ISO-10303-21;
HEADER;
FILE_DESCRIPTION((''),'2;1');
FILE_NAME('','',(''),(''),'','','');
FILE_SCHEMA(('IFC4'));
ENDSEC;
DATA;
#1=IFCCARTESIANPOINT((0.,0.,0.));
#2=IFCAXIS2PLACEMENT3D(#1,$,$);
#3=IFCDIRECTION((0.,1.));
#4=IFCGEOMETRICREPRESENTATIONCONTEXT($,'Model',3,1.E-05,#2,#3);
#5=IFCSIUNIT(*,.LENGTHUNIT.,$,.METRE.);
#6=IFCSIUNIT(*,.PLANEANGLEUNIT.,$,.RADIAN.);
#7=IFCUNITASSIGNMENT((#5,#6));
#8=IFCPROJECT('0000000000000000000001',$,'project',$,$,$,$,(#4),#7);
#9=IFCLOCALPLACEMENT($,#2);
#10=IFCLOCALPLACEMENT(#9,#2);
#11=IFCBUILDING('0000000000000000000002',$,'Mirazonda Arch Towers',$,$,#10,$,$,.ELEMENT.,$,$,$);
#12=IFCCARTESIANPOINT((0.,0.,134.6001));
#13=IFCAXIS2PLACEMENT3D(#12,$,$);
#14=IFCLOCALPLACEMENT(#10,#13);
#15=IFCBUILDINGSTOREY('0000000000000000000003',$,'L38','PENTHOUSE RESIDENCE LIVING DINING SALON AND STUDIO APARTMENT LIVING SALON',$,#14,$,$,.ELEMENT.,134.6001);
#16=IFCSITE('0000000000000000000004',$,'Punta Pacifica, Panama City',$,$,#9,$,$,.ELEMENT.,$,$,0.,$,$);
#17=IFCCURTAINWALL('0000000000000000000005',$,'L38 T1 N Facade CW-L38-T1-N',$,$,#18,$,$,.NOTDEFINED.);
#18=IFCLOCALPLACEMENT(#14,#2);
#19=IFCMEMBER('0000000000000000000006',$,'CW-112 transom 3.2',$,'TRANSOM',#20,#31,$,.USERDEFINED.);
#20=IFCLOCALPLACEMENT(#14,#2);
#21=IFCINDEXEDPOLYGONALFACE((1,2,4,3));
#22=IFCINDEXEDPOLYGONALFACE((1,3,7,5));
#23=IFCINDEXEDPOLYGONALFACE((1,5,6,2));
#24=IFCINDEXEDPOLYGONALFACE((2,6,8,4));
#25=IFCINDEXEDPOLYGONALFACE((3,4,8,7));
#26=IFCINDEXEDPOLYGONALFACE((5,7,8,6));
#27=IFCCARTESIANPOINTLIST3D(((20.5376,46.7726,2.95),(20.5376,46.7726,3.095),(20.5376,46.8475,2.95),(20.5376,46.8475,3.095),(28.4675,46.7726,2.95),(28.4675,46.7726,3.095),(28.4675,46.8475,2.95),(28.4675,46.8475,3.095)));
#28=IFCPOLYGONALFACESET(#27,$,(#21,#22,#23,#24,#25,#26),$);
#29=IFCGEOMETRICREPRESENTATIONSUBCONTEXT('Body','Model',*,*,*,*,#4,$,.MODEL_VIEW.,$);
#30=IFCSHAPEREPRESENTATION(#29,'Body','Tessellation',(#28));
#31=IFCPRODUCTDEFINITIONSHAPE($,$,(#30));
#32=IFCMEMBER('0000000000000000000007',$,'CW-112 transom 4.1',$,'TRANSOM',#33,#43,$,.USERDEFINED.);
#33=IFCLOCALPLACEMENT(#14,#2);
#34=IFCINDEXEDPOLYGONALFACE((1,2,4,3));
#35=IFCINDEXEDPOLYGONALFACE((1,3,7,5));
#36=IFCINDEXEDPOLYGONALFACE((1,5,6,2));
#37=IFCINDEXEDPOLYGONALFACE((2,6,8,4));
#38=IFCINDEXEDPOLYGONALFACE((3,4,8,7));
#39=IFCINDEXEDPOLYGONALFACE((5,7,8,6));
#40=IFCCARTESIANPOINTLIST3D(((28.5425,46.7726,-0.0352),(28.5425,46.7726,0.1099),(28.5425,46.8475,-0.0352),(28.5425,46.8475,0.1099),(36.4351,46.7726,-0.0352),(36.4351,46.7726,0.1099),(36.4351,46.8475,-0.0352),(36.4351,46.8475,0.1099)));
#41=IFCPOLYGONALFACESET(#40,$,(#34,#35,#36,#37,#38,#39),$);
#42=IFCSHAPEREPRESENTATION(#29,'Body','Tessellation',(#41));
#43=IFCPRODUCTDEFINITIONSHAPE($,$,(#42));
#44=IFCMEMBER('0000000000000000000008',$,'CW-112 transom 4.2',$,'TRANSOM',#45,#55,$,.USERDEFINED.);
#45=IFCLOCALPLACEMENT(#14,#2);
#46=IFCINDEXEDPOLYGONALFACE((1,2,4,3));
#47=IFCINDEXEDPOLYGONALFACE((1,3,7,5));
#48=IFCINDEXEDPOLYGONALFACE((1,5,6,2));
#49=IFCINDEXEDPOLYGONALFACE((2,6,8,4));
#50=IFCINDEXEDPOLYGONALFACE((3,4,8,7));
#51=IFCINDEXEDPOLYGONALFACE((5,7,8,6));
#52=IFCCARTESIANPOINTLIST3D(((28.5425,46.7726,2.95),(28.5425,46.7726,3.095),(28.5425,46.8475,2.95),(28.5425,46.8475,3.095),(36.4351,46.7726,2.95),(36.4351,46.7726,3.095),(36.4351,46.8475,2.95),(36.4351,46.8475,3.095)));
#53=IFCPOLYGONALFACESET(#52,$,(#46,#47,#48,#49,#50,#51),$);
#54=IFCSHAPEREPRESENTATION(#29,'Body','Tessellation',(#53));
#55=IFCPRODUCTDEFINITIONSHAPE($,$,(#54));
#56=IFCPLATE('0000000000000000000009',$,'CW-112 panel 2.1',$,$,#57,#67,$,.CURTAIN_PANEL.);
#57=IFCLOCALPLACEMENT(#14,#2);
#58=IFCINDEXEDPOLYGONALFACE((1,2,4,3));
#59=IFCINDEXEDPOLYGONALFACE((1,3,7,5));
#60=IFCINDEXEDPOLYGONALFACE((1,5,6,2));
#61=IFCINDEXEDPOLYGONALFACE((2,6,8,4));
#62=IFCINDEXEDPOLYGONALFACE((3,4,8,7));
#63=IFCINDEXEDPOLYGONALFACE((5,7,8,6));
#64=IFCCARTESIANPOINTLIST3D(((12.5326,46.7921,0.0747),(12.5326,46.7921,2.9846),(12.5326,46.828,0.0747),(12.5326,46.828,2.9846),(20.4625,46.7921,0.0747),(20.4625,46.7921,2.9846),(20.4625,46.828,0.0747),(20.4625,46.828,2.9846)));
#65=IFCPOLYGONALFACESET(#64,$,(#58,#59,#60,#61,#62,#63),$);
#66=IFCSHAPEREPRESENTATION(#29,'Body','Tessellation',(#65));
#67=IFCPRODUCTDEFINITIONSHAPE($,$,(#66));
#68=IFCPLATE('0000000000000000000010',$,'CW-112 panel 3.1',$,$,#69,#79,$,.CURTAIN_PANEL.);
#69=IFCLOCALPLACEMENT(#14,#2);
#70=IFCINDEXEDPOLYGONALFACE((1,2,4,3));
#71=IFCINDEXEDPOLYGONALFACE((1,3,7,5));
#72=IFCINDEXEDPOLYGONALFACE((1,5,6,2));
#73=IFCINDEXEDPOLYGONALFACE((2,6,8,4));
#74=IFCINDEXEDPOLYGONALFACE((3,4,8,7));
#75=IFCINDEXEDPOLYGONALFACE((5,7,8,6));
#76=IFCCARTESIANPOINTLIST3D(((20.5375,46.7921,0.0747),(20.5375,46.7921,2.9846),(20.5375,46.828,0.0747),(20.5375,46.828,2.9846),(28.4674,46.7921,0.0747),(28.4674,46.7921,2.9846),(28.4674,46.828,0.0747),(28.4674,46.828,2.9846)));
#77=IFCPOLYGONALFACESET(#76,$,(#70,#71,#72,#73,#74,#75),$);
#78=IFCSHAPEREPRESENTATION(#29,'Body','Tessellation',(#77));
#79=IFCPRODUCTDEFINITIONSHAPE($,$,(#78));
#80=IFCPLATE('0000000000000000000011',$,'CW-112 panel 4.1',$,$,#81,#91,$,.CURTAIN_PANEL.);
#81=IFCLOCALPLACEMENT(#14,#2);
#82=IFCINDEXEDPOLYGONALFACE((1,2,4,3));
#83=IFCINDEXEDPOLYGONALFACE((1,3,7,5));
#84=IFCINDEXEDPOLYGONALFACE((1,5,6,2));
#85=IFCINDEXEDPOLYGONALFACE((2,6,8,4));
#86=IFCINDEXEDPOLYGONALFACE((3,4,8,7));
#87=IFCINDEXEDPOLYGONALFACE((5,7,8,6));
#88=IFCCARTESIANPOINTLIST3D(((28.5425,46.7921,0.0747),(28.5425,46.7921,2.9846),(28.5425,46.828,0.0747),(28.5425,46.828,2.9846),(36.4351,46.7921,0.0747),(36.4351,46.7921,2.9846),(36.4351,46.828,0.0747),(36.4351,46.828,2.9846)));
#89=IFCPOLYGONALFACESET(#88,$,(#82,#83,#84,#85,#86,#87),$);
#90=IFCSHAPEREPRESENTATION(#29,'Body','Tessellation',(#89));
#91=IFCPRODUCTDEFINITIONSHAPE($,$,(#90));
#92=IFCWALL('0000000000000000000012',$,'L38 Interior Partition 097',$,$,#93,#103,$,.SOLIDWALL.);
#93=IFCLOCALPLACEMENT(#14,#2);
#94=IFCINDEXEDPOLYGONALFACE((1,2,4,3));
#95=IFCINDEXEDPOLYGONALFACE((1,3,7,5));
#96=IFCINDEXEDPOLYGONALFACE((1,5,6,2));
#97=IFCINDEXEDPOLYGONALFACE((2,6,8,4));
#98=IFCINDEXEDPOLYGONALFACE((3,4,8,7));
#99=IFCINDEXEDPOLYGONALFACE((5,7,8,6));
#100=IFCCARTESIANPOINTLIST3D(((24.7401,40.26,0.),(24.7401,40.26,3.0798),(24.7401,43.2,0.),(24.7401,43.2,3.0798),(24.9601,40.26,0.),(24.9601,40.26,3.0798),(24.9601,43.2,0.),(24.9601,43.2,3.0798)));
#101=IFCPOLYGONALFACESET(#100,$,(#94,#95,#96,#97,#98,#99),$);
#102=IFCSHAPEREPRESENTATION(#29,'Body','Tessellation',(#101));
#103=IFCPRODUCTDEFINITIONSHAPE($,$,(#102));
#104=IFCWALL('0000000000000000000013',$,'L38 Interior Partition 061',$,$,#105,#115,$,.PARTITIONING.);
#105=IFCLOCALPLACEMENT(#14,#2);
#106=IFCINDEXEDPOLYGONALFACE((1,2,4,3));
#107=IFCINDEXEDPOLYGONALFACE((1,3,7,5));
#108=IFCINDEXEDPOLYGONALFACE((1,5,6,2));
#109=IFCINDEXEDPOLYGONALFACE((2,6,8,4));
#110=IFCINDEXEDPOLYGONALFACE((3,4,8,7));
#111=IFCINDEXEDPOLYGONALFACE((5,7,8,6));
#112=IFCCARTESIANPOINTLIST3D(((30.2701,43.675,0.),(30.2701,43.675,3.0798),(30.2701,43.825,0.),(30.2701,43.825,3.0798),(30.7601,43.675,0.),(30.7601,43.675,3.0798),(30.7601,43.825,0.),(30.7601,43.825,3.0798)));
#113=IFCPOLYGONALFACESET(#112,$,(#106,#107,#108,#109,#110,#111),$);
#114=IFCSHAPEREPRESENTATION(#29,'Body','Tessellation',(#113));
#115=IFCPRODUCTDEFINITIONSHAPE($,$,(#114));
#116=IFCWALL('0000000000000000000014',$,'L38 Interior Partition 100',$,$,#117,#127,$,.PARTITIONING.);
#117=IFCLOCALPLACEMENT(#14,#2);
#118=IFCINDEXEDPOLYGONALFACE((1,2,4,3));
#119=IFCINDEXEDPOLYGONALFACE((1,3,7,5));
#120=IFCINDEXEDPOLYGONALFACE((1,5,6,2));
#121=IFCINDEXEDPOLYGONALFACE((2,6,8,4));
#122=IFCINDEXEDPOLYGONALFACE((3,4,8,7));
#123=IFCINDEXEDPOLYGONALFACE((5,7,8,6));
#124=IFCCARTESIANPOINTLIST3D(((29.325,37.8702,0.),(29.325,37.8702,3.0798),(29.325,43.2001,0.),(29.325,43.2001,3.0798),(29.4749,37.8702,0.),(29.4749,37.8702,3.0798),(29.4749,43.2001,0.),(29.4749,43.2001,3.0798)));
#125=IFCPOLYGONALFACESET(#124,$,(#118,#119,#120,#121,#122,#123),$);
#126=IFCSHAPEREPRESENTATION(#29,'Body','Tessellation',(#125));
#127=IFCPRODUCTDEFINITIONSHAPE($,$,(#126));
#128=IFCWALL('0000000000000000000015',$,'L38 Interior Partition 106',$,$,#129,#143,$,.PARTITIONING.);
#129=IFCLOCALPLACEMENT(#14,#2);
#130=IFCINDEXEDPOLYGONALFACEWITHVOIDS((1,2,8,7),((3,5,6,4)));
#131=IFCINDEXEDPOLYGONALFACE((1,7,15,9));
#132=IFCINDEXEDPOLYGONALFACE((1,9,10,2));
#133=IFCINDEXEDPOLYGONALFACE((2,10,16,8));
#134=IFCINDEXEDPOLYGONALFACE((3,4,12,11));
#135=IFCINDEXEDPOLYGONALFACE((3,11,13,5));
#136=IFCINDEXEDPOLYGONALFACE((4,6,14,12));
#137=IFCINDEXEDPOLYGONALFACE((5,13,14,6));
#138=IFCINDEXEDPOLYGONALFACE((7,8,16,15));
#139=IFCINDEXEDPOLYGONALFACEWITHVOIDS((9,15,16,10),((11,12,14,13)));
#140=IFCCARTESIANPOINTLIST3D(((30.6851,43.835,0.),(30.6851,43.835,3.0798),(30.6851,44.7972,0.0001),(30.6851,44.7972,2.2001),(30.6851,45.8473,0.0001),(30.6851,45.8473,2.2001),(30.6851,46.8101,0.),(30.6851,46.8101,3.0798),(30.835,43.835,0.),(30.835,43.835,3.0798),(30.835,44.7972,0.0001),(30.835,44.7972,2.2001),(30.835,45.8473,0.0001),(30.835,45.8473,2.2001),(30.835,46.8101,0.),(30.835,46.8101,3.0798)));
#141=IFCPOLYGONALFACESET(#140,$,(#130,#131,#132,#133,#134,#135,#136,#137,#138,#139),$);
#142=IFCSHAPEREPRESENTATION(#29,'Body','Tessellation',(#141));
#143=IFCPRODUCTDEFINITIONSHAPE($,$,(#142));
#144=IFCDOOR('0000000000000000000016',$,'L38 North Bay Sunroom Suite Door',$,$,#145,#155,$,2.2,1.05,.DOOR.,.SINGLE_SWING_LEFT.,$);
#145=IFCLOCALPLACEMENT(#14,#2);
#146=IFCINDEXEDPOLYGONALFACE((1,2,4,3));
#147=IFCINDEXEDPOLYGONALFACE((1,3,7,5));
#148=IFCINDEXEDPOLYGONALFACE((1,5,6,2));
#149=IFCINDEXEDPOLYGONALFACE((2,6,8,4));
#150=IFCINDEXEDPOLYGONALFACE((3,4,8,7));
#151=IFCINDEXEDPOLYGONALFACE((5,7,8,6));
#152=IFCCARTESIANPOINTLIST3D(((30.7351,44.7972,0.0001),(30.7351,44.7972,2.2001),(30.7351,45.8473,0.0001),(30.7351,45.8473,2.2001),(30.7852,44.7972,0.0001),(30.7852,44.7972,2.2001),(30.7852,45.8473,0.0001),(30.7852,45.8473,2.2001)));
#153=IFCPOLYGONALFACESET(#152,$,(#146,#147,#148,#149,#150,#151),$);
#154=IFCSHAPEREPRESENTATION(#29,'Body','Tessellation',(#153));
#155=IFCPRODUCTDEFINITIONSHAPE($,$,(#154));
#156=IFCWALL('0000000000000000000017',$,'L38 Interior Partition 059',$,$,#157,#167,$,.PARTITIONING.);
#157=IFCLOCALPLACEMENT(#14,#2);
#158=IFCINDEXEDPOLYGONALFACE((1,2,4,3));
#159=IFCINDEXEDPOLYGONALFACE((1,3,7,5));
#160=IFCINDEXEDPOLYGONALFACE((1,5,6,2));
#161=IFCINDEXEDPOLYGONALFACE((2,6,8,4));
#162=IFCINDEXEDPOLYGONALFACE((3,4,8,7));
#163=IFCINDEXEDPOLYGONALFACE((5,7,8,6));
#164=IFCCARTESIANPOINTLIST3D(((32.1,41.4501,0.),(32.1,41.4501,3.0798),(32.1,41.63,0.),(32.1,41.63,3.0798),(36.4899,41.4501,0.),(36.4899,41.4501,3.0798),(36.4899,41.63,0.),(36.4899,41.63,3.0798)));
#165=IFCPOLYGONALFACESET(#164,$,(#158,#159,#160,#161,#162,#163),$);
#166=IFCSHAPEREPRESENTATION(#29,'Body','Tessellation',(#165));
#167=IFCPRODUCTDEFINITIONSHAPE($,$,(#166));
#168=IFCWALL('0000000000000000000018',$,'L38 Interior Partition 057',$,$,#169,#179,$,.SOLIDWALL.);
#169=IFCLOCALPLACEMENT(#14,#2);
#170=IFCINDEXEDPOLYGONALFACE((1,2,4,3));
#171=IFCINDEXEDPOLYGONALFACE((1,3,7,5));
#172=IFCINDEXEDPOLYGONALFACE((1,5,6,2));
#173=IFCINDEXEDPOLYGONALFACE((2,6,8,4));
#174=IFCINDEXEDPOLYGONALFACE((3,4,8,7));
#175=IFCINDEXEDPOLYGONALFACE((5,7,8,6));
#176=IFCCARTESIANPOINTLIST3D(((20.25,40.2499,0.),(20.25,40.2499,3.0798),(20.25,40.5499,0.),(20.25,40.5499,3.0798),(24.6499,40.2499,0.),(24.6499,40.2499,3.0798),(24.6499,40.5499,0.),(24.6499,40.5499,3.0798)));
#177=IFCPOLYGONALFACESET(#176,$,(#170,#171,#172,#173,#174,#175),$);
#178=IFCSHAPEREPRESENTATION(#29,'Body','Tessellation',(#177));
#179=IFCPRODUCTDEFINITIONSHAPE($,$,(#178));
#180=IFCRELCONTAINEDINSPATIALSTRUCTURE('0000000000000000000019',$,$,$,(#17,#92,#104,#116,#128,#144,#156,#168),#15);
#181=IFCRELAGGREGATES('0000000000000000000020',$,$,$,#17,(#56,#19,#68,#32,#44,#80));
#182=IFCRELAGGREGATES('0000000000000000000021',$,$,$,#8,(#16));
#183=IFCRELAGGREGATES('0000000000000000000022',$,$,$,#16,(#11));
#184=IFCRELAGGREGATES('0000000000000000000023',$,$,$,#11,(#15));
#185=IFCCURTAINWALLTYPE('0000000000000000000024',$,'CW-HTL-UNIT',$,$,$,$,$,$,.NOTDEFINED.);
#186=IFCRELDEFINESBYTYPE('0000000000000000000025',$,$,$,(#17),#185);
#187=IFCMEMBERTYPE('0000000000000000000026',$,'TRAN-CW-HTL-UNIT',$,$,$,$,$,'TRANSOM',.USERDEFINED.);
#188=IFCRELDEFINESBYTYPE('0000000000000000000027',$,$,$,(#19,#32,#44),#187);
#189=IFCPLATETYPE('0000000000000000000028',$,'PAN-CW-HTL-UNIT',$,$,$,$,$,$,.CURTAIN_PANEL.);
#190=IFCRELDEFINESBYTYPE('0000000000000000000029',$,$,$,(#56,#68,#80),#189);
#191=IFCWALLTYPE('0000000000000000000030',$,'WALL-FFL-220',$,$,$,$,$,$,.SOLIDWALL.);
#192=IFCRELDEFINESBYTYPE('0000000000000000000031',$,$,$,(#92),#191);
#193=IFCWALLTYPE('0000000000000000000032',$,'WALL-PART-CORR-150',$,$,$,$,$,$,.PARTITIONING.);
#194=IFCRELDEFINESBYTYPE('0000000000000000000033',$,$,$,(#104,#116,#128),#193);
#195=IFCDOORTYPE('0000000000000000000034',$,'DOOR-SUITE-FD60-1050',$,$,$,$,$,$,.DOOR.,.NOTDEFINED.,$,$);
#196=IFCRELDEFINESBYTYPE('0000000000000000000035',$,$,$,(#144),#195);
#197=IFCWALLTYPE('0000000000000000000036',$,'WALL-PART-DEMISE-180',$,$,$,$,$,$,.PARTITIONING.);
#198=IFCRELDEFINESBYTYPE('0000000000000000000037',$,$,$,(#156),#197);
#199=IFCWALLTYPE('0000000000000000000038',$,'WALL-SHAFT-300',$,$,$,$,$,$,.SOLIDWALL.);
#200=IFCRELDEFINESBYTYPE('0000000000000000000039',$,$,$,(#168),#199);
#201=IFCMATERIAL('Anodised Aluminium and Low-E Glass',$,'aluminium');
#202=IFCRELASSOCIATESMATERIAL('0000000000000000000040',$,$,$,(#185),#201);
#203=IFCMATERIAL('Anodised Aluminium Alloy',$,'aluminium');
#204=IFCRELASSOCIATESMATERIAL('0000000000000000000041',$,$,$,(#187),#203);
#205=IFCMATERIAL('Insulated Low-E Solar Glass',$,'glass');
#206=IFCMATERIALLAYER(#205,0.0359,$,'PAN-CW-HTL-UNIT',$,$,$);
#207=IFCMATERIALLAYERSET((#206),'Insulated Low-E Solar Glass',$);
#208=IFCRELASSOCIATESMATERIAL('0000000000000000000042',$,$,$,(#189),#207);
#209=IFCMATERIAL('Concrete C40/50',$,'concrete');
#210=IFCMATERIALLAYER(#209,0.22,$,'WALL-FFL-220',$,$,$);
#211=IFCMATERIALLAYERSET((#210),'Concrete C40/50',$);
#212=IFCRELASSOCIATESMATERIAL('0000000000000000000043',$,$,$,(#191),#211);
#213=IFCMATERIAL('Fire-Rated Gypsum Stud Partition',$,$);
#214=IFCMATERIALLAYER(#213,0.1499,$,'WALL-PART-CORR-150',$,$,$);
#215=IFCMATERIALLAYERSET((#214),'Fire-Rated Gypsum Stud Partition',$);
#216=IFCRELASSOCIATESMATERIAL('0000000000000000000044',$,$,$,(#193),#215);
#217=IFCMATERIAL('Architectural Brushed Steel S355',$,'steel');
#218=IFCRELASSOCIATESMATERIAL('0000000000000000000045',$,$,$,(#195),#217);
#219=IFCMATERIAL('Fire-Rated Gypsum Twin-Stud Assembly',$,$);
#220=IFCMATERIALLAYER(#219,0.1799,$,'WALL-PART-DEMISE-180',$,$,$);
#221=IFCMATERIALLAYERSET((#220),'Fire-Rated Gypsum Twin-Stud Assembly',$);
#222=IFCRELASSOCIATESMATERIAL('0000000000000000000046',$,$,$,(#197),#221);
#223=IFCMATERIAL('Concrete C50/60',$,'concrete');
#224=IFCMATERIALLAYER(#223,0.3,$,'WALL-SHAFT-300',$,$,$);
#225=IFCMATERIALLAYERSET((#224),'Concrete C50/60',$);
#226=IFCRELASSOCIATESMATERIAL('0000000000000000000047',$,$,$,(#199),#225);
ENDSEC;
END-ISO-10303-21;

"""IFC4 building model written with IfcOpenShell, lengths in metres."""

from ifc_helpers import new_model, si_unit, direction, frame, frame_2d, origin, origin_2d, place, context, subcontext, project, spatial, rectangle, extrude, material, layer, layer_set, material_profile, profile_set, type_object, element, fill, aggregate, save


model = new_model("IFC4")

# Units and contexts
model_context = context("Model", 3, precision=1e-05, world=origin(), true_north=direction((0.0, 1.0)))
body_context = subcontext(model_context, "Body", "Model", "MODEL_VIEW")
ifc_project = project(units=[si_unit("LENGTHUNIT", "METRE"), si_unit("PLANEANGLEUNIT", "RADIAN")], contexts=[model_context])

# Site, building, storey
site_placement = place(None, origin())
site = spatial("IfcSite", under=ifc_project, at=site_placement, Name="Punta Pacifica, Panama City", CompositionType="ELEMENT", RefElevation=0.0)
building_placement = place(site_placement, origin())
building = spatial("IfcBuilding", under=site, at=building_placement, Name="Mirazonda Arch Towers", CompositionType="ELEMENT")
storey_placement = place(building_placement, frame((0.0, 0.0, 134.6001)))
storey = spatial("IfcBuildingStorey", under=building, at=storey_placement, Name="L38", Description="PENTHOUSE RESIDENCE LIVING DINING SALON AND STUDIO APARTMENT LIVING SALON", CompositionType="ELEMENT", Elevation=134.6001)

# Shared definitions
ifc_material_1 = material(Name="Concrete C50/60", Category="concrete")

# Curtain wall, members, plates
ifc_material_2 = material(Name="Anodised Aluminium and Low-E Glass", Category="aluminium")
curtain_wall_type = type_object("IfcCurtainWallType", Name="CW-HTL-UNIT", PredefinedType="NOTDEFINED", material=ifc_material_2)
curtain_wall_placement = place(storey_placement, origin())
curtain_wall = element("IfcCurtainWall", 1, at=curtain_wall_placement, inside=storey, type_object=curtain_wall_type, Name="L38 T1 N Facade CW-L38-T1-N", PredefinedType="NOTDEFINED")
ifc_material_3 = material(Name="Anodised Aluminium Alloy", Category="aluminium")
ifc_material_profile_1 = material_profile(ifc_material_3, rectangle(XDim=0.075, YDim=0.145, at=origin_2d()), Name="ALU-TRAN-75x145")
ifc_profile_set_1 = profile_set([ifc_material_profile_1], Name="Anodised Aluminium Alloy")
member_type_1 = type_object("IfcMemberType", Name="TRAN-CW-HTL-UNIT", ElementType="TRANSOM", PredefinedType="USERDEFINED", material=ifc_profile_set_1)
member_1_placement = place(storey_placement, frame((20.5376, 46.8101, 3.0225), z_axis=(1.0, 0.0, 0.0), x_axis=(0.0, 1.0, 0.0)))
member_1 = element("IfcMember", 2, at=member_1_placement, type_object=member_type_1, Name="CW-112 transom 3.2", ObjectType="TRANSOM", PredefinedType="USERDEFINED", context=body_context, shape_type="SweptSolid", body=[
    extrude(rectangle(XDim=0.075, YDim=0.145, at=origin_2d()), origin(), (0.0, 0.0, 1.0), 7.9299),
])
member_2_placement = place(storey_placement, frame((28.5425, 46.8101, 0.0374), z_axis=(1.0, 0.0, 0.0), x_axis=(0.0, 1.0, 0.0)))
member_2 = element("IfcMember", 3, at=member_2_placement, type_object=member_type_1, Name="CW-112 transom 4.1", ObjectType="TRANSOM", PredefinedType="USERDEFINED", context=body_context, shape_type="SweptSolid", body=[
    extrude(rectangle(XDim=0.075, YDim=0.145, at=origin_2d()), origin(), (0.0, 0.0, 1.0), 7.8926),
])
member_3_placement = place(storey_placement, frame((28.5425, 46.8101, 3.0225), z_axis=(1.0, 0.0, 0.0), x_axis=(0.0, 1.0, 0.0)))
member_3 = element("IfcMember", 4, at=member_3_placement, type_object=member_type_1, Name="CW-112 transom 4.2", ObjectType="TRANSOM", PredefinedType="USERDEFINED", context=body_context, shape_type="SweptSolid", body=[
    extrude(rectangle(XDim=0.075, YDim=0.145, at=origin_2d()), origin(), (0.0, 0.0, 1.0), 7.8926),
])
ifc_material_4 = material(Name="Insulated Low-E Solar Glass", Category="glass")
ifc_layer_1 = layer(ifc_material_4, 0.0359, Name="PAN-CW-HTL-UNIT")
ifc_layer_set_1 = layer_set([ifc_layer_1], Name="Insulated Low-E Solar Glass")
plate_type = type_object("IfcPlateType", Name="PAN-CW-HTL-UNIT", PredefinedType="CURTAIN_PANEL", material=ifc_layer_set_1)
plate_1_placement = place(storey_placement, frame((16.4976, 46.8101, 0.0747), z_axis=(0.0, 0.0, 1.0), x_axis=(1.0, 0.0, 0.0)))
plate_1 = element("IfcPlate", 5, at=plate_1_placement, type_object=plate_type, Name="CW-112 panel 2.1", PredefinedType="CURTAIN_PANEL", context=body_context, shape_type="SweptSolid", body=[
    extrude(rectangle(XDim=7.9299, YDim=0.0359, at=origin_2d()), origin(), (0.0, 0.0, 1.0), 2.9099),
])
plate_2_placement = place(storey_placement, frame((24.5024, 46.8101, 0.0747), z_axis=(0.0, 0.0, 1.0), x_axis=(1.0, 0.0, 0.0)))
plate_2 = element("IfcPlate", 6, at=plate_2_placement, type_object=plate_type, Name="CW-112 panel 3.1", PredefinedType="CURTAIN_PANEL", context=body_context, shape_type="SweptSolid", body=[
    extrude(rectangle(XDim=7.9299, YDim=0.0359, at=origin_2d()), origin(), (0.0, 0.0, 1.0), 2.9099),
])
plate_3_placement = place(storey_placement, frame((32.4888, 46.8101, 0.0747), z_axis=(0.0, 0.0, 1.0), x_axis=(1.0, 0.0, 0.0)))
plate_3 = element("IfcPlate", 7, at=plate_3_placement, type_object=plate_type, Name="CW-112 panel 4.1", PredefinedType="CURTAIN_PANEL", context=body_context, shape_type="SweptSolid", body=[
    extrude(rectangle(XDim=7.8926, YDim=0.0359, at=origin_2d()), origin(), (0.0, 0.0, 1.0), 2.9099),
])
aggregate(curtain_wall, [plate_1, member_1, plate_2, member_2, member_3, plate_3])

# Walls
ifc_material_5 = material(Name="Concrete C40/50", Category="concrete")
ifc_layer_2 = layer(ifc_material_5, 0.22, Name="WALL-FFL-220")
ifc_layer_set_2 = layer_set([ifc_layer_2], Name="Concrete C40/50")
wall_type_1 = type_object("IfcWallType", Name="WALL-FFL-220", PredefinedType="SOLIDWALL", material=ifc_layer_set_2)
wall_1_placement = place(storey_placement, frame((24.8501, 40.26, 0.0), z_axis=(0.0, 0.0, 1.0), x_axis=(0.0, 1.0, 0.0)))
element("IfcWall", 8, at=wall_1_placement, inside=storey, type_object=wall_type_1, Name="L38 Interior Partition 097", PredefinedType="SOLIDWALL", context=body_context, shape_type="SweptSolid", body=[
    extrude(rectangle(XDim=2.9399, YDim=0.22, at=frame_2d((1.47, 0.0))), origin(), (0.0, 0.0, 1.0), 3.0798),
])
ifc_material_6 = material(Name="Fire-Rated Gypsum Stud Partition")
ifc_layer_3 = layer(ifc_material_6, 0.1499, Name="WALL-PART-CORR-150")
ifc_layer_set_3 = layer_set([ifc_layer_3], Name="Fire-Rated Gypsum Stud Partition")
wall_type_2 = type_object("IfcWallType", Name="WALL-PART-CORR-150", PredefinedType="PARTITIONING", material=ifc_layer_set_3)
wall_2_placement = place(storey_placement, frame((30.27, 43.75, 0.0), z_axis=(0.0, 0.0, 1.0), x_axis=(1.0, 0.0, 0.0)))
element("IfcWall", 9, at=wall_2_placement, inside=storey, type_object=wall_type_2, Name="L38 Interior Partition 061", PredefinedType="PARTITIONING", context=body_context, shape_type="SweptSolid", body=[
    extrude(rectangle(XDim=0.49, YDim=0.1499, at=frame_2d((0.2451, 0.0))), origin(), (0.0, 0.0, 1.0), 3.0798),
])
wall_3_placement = place(storey_placement, frame((29.3999, 37.8701, 0.0), z_axis=(0.0, 0.0, 1.0), x_axis=(0.0, 1.0, 0.0)))
element("IfcWall", 10, at=wall_3_placement, inside=storey, type_object=wall_type_2, Name="L38 Interior Partition 100", PredefinedType="PARTITIONING", context=body_context, shape_type="SweptSolid", body=[
    extrude(rectangle(XDim=5.3298, YDim=0.1499, at=frame_2d((2.665, 0.0))), origin(), (0.0, 0.0, 1.0), 3.0798),
])

# Wall, opening, door
wall_4_placement = place(storey_placement, frame((30.76, 43.835, 0.0), z_axis=(0.0, 0.0, 1.0), x_axis=(0.0, 1.0, 0.0)))
wall_4 = element("IfcWall", 11, at=wall_4_placement, inside=storey, type_object=wall_type_2, Name="L38 Interior Partition 106", PredefinedType="PARTITIONING", context=body_context, shape_type="SweptSolid", body=[
    extrude(rectangle(XDim=2.9751, YDim=0.1499, at=frame_2d((1.4875, 0.0))), origin(), (0.0, 0.0, 1.0), 3.0798),
])
opening_1_placement = place(wall_4_placement, frame((0.9624, 0.0, 0.0)))
opening_1 = element("IfcOpeningElement", 12, at=opening_1_placement, cuts=wall_4, PredefinedType="OPENING", context=body_context, shape_type="SweptSolid", body=[
    extrude(rectangle(XDim=1.05, YDim=2.2, at=frame_2d((0.5249, 1.1001))), frame((0.0, 0.085, 0.0), z_axis=(0.0, -1.0, 0.0), x_axis=(1.0, 0.0, 0.0)), (0.0, 0.0, 1.0), 0.1699),
])
ifc_material_7 = material(Name="Architectural Brushed Steel S355", Category="steel")
door_type_1 = type_object("IfcDoorType", Name="DOOR-SUITE-FD60-1050", OperationType="NOTDEFINED", PredefinedType="DOOR", material=ifc_material_7)
door_1_placement = place(opening_1_placement, origin())
door_1 = element("IfcDoor", 13, at=door_1_placement, inside=storey, type_object=door_type_1, Name="L38 North Bay Sunroom Suite Door", OperationType="SINGLE_SWING_LEFT", OverallHeight=2.2, OverallWidth=1.05, PredefinedType="DOOR", context=body_context, shape_type="SweptSolid", body=[
    extrude(rectangle(XDim=1.05, YDim=2.2, at=frame_2d((0.5249, 1.1001))), frame((0.0, 0.0249, 0.0), z_axis=(0.0, -1.0, 0.0), x_axis=(1.0, 0.0, 0.0)), (0.0, 0.0, 1.0), 0.05),
])
fill(opening_1, door_1)

# Wall
ifc_material_8 = material(Name="Fire-Rated Gypsum Twin-Stud Assembly")
ifc_layer_4 = layer(ifc_material_8, 0.1799, Name="WALL-PART-DEMISE-180")
ifc_layer_set_4 = layer_set([ifc_layer_4], Name="Fire-Rated Gypsum Twin-Stud Assembly")
wall_type_3 = type_object("IfcWallType", Name="WALL-PART-DEMISE-180", PredefinedType="PARTITIONING", material=ifc_layer_set_4)
wall_5_placement = place(storey_placement, frame((32.1001, 41.54, 0.0), z_axis=(0.0, 0.0, 1.0), x_axis=(1.0, 0.0, 0.0)))
element("IfcWall", 14, at=wall_5_placement, inside=storey, type_object=wall_type_3, Name="L38 Interior Partition 059", PredefinedType="PARTITIONING", context=body_context, shape_type="SweptSolid", body=[
    extrude(rectangle(XDim=4.3899, YDim=0.1799, at=frame_2d((2.1948, 0.0))), origin(), (0.0, 0.0, 1.0), 3.0798),
])

# Wall
ifc_layer_5 = layer(ifc_material_1, 0.3, Name="WALL-SHAFT-300")
ifc_layer_set_5 = layer_set([ifc_layer_5], Name="Concrete C50/60")
wall_type_4 = type_object("IfcWallType", Name="WALL-SHAFT-300", PredefinedType="SOLIDWALL", material=ifc_layer_set_5)
wall_6_placement = place(storey_placement, frame((20.25, 40.3999, 0.0), z_axis=(0.0, 0.0, 1.0), x_axis=(1.0, 0.0, 0.0)))
element("IfcWall", 15, at=wall_6_placement, inside=storey, type_object=wall_type_4, Name="L38 Interior Partition 057", PredefinedType="SOLIDWALL", context=body_context, shape_type="SweptSolid", body=[
    extrude(rectangle(XDim=4.3999, YDim=0.3, at=frame_2d((2.2, 0.0))), origin(), (0.0, 0.0, 1.0), 3.0798),
])

save(model, "model.ifc")
